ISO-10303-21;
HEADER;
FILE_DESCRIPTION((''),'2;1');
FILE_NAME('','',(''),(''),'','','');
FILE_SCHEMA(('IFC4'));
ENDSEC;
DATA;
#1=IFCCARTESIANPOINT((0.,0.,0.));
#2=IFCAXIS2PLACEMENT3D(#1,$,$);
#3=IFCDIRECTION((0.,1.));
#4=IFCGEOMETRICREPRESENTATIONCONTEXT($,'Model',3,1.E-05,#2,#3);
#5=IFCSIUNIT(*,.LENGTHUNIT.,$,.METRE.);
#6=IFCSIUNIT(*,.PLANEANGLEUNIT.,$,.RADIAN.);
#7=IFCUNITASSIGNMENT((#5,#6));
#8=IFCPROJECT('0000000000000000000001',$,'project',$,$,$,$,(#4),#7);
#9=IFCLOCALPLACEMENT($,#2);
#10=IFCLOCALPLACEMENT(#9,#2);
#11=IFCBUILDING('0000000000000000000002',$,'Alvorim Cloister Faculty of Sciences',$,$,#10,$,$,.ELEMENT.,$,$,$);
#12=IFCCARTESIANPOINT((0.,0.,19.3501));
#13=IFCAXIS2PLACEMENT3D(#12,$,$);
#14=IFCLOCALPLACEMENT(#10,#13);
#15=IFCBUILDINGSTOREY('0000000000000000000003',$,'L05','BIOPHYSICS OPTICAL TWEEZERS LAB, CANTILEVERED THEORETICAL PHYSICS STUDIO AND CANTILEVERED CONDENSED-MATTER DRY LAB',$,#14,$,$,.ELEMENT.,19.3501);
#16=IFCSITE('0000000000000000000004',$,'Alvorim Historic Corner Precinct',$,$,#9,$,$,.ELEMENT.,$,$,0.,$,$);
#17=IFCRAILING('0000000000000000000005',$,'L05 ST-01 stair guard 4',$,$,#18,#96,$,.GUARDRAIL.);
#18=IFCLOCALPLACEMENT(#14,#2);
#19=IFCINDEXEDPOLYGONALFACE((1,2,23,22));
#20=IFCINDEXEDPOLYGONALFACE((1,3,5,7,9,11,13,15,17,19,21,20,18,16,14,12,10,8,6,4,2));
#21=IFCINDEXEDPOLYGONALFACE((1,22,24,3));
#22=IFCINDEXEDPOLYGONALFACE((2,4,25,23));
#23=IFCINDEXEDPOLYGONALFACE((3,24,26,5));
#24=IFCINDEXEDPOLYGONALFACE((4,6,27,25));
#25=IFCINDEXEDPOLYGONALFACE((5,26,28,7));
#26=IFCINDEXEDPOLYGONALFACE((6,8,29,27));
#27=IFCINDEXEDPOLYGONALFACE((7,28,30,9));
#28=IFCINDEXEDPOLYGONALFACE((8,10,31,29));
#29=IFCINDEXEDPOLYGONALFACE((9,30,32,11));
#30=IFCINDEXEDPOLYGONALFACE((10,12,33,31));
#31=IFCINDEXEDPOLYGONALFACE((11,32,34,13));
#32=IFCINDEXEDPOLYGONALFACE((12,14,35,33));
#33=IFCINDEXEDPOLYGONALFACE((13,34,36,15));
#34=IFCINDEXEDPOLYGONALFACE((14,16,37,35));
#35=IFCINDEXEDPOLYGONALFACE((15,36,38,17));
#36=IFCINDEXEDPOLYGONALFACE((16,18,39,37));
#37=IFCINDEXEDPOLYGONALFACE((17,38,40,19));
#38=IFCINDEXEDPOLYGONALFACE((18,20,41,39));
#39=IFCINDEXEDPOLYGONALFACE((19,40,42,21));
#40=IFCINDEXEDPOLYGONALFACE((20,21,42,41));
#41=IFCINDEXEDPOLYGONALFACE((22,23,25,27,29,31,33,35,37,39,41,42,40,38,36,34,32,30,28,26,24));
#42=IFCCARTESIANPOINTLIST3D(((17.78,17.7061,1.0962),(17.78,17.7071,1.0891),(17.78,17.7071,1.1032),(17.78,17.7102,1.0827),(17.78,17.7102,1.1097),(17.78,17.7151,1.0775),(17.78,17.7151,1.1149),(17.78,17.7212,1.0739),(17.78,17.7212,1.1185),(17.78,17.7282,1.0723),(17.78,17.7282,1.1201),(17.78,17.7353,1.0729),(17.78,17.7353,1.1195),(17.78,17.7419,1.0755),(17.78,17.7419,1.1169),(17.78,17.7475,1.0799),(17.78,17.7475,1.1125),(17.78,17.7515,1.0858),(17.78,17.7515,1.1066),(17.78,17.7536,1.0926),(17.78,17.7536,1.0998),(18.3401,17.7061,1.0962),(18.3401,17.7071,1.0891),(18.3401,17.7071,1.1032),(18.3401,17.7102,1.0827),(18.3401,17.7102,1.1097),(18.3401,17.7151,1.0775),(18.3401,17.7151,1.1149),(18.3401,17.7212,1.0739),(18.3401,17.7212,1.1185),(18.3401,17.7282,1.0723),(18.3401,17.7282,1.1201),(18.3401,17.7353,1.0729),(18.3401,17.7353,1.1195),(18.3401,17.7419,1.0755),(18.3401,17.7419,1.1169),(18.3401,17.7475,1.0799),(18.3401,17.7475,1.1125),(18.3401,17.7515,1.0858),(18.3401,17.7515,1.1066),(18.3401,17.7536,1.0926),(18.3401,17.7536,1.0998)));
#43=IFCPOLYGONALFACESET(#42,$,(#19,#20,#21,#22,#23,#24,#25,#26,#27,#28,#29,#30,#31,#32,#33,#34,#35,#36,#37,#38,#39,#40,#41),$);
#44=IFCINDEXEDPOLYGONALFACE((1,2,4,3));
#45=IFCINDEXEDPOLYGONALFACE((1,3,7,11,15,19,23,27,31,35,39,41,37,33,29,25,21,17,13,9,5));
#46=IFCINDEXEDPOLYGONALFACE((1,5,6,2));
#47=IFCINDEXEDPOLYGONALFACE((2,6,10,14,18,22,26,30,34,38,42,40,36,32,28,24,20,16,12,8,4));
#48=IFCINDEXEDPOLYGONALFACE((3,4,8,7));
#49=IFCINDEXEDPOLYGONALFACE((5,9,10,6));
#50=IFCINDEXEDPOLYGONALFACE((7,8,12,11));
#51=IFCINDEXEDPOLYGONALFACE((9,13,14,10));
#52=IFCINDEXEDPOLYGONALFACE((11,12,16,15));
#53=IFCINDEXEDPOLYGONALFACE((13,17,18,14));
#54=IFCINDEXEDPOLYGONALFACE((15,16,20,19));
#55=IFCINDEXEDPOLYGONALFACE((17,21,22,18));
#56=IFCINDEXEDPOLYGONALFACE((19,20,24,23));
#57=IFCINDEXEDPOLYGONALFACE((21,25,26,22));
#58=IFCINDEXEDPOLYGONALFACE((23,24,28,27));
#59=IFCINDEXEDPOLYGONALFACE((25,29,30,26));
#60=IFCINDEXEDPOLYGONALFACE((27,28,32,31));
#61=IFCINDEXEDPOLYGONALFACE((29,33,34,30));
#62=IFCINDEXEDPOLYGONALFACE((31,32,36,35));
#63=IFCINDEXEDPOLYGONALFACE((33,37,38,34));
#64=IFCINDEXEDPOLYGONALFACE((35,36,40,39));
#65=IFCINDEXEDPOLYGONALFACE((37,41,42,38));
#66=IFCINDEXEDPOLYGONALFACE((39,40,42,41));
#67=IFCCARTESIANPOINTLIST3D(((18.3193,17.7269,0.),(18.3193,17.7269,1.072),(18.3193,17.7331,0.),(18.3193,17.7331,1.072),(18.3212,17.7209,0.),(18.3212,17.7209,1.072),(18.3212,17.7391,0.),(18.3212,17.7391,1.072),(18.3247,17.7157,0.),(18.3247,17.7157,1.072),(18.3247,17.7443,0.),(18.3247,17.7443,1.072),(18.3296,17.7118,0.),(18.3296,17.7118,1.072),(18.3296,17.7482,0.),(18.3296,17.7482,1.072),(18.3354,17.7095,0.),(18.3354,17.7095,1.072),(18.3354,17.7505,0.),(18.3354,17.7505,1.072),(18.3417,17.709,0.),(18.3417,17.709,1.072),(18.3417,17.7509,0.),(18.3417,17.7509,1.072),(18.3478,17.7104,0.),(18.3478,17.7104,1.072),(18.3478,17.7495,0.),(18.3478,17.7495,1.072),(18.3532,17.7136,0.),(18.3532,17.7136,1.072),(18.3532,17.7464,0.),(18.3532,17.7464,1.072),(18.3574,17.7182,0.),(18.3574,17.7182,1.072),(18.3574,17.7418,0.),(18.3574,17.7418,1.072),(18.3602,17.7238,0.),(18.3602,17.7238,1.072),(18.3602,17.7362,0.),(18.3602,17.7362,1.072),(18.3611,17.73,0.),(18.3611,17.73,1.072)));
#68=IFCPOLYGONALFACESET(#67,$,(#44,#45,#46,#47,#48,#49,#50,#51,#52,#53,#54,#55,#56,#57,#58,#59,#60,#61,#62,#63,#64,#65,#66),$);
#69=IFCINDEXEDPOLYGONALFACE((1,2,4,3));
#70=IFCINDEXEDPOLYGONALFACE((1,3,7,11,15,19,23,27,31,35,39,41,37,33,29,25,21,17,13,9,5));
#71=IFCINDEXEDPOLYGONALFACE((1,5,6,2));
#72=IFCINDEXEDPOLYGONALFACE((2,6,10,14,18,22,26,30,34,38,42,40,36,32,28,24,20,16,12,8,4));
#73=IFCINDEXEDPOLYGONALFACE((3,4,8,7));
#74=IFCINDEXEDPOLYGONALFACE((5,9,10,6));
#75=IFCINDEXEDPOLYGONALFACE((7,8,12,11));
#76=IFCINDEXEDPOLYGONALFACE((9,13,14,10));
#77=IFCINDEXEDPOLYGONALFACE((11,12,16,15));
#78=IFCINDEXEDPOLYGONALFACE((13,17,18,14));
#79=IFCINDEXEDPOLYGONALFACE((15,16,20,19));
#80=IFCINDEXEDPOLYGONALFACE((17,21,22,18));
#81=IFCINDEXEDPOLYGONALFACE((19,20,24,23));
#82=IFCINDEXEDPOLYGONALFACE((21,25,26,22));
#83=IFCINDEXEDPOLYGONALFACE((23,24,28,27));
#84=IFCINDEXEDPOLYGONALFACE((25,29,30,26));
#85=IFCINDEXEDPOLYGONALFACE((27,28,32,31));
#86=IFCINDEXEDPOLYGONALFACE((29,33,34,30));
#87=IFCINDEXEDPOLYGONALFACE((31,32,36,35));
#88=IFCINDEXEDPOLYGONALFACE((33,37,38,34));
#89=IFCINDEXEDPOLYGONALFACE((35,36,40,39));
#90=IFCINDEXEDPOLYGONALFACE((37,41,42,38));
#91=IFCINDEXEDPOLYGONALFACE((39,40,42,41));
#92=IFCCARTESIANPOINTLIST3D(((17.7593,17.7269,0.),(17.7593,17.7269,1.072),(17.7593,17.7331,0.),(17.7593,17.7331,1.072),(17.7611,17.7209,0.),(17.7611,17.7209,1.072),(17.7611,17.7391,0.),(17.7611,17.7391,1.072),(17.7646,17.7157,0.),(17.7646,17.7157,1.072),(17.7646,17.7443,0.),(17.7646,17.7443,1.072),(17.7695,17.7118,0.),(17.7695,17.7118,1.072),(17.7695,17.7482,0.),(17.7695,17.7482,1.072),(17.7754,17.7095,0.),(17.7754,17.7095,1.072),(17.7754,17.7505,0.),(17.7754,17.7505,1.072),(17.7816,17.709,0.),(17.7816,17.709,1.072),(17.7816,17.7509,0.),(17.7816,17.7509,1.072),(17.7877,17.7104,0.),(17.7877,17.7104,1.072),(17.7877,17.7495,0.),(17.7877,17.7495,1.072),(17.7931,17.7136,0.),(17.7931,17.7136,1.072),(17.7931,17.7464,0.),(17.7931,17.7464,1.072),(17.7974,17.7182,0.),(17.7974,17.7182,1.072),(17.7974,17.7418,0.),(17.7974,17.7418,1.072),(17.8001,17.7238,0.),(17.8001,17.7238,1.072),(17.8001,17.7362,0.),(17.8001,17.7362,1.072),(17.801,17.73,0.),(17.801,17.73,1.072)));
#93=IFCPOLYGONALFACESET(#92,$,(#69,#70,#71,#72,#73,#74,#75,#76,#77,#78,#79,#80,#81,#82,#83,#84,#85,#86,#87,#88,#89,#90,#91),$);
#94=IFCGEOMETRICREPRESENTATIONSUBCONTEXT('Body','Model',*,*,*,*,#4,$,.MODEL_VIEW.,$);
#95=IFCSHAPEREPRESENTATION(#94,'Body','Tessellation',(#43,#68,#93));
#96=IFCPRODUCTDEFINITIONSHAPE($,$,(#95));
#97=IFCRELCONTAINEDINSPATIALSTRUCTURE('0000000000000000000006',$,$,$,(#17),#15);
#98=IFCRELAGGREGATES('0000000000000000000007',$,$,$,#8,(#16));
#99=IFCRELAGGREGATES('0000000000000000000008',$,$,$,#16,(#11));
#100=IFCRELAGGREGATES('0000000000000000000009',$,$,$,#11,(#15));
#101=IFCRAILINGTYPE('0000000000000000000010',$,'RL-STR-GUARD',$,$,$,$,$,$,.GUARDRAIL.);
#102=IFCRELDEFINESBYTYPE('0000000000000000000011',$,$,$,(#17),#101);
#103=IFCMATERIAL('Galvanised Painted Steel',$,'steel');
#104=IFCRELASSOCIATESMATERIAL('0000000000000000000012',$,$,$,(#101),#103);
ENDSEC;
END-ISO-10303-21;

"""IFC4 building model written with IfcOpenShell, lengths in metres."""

from ifc_helpers import new_model, si_unit, direction, frame, origin, origin_2d, place, context, subcontext, project, spatial, circle, extrude, material, type_object, element, save


model = new_model("IFC4")

# Units and contexts
model_context = context("Model", 3, precision=1e-05, world=origin(), true_north=direction((0.0, 1.0)))
body_context = subcontext(model_context, "Body", "Model", "MODEL_VIEW")
ifc_project = project(units=[si_unit("LENGTHUNIT", "METRE"), si_unit("PLANEANGLEUNIT", "RADIAN")], contexts=[model_context])

# Site, building, storey
site_placement = place(None, origin())
site = spatial("IfcSite", under=ifc_project, at=site_placement, Name="Alvorim Historic Corner Precinct", CompositionType="ELEMENT", RefElevation=0.0)
building_placement = place(site_placement, origin())
building = spatial("IfcBuilding", under=site, at=building_placement, Name="Alvorim Cloister Faculty of Sciences", CompositionType="ELEMENT")
storey_placement = place(building_placement, frame((0.0, 0.0, 19.3501)))
storey = spatial("IfcBuildingStorey", under=building, at=storey_placement, Name="L05", Description="BIOPHYSICS OPTICAL TWEEZERS LAB, CANTILEVERED THEORETICAL PHYSICS STUDIO AND CANTILEVERED CONDENSED-MATTER DRY LAB", CompositionType="ELEMENT", Elevation=19.3501)

# Railing
ifc_material_1 = material(Name="Galvanised Painted Steel", Category="steel")
railing_type_1 = type_object("IfcRailingType", Name="RL-STR-GUARD", PredefinedType="GUARDRAIL", material=ifc_material_1)
railing_1_placement = place(storey_placement, frame((18.3401, 17.73, 0.0)))
element("IfcRailing", 1, at=railing_1_placement, inside=storey, type_object=railing_type_1, Name="L05 ST-01 stair guard 4", PredefinedType="GUARDRAIL", context=body_context, shape_type="SweptSolid", body=[
    extrude(circle(Radius=0.0239, at=origin_2d()), frame((0.0, 0.0, 1.0962), z_axis=(-1.0, 0.0, 0.0), x_axis=(0.0, -1.0, 0.0)), (0.0, 0.0, 1.0), 0.5601),
    extrude(circle(Radius=0.021, at=origin_2d()), origin(), (0.0, 0.0, 1.0), 1.072),
    extrude(circle(Radius=0.021, at=origin_2d()), frame((-0.5601, 0.0, 0.0)), (0.0, 0.0, 1.0), 1.072),
])

save(model, "model.ifc")
